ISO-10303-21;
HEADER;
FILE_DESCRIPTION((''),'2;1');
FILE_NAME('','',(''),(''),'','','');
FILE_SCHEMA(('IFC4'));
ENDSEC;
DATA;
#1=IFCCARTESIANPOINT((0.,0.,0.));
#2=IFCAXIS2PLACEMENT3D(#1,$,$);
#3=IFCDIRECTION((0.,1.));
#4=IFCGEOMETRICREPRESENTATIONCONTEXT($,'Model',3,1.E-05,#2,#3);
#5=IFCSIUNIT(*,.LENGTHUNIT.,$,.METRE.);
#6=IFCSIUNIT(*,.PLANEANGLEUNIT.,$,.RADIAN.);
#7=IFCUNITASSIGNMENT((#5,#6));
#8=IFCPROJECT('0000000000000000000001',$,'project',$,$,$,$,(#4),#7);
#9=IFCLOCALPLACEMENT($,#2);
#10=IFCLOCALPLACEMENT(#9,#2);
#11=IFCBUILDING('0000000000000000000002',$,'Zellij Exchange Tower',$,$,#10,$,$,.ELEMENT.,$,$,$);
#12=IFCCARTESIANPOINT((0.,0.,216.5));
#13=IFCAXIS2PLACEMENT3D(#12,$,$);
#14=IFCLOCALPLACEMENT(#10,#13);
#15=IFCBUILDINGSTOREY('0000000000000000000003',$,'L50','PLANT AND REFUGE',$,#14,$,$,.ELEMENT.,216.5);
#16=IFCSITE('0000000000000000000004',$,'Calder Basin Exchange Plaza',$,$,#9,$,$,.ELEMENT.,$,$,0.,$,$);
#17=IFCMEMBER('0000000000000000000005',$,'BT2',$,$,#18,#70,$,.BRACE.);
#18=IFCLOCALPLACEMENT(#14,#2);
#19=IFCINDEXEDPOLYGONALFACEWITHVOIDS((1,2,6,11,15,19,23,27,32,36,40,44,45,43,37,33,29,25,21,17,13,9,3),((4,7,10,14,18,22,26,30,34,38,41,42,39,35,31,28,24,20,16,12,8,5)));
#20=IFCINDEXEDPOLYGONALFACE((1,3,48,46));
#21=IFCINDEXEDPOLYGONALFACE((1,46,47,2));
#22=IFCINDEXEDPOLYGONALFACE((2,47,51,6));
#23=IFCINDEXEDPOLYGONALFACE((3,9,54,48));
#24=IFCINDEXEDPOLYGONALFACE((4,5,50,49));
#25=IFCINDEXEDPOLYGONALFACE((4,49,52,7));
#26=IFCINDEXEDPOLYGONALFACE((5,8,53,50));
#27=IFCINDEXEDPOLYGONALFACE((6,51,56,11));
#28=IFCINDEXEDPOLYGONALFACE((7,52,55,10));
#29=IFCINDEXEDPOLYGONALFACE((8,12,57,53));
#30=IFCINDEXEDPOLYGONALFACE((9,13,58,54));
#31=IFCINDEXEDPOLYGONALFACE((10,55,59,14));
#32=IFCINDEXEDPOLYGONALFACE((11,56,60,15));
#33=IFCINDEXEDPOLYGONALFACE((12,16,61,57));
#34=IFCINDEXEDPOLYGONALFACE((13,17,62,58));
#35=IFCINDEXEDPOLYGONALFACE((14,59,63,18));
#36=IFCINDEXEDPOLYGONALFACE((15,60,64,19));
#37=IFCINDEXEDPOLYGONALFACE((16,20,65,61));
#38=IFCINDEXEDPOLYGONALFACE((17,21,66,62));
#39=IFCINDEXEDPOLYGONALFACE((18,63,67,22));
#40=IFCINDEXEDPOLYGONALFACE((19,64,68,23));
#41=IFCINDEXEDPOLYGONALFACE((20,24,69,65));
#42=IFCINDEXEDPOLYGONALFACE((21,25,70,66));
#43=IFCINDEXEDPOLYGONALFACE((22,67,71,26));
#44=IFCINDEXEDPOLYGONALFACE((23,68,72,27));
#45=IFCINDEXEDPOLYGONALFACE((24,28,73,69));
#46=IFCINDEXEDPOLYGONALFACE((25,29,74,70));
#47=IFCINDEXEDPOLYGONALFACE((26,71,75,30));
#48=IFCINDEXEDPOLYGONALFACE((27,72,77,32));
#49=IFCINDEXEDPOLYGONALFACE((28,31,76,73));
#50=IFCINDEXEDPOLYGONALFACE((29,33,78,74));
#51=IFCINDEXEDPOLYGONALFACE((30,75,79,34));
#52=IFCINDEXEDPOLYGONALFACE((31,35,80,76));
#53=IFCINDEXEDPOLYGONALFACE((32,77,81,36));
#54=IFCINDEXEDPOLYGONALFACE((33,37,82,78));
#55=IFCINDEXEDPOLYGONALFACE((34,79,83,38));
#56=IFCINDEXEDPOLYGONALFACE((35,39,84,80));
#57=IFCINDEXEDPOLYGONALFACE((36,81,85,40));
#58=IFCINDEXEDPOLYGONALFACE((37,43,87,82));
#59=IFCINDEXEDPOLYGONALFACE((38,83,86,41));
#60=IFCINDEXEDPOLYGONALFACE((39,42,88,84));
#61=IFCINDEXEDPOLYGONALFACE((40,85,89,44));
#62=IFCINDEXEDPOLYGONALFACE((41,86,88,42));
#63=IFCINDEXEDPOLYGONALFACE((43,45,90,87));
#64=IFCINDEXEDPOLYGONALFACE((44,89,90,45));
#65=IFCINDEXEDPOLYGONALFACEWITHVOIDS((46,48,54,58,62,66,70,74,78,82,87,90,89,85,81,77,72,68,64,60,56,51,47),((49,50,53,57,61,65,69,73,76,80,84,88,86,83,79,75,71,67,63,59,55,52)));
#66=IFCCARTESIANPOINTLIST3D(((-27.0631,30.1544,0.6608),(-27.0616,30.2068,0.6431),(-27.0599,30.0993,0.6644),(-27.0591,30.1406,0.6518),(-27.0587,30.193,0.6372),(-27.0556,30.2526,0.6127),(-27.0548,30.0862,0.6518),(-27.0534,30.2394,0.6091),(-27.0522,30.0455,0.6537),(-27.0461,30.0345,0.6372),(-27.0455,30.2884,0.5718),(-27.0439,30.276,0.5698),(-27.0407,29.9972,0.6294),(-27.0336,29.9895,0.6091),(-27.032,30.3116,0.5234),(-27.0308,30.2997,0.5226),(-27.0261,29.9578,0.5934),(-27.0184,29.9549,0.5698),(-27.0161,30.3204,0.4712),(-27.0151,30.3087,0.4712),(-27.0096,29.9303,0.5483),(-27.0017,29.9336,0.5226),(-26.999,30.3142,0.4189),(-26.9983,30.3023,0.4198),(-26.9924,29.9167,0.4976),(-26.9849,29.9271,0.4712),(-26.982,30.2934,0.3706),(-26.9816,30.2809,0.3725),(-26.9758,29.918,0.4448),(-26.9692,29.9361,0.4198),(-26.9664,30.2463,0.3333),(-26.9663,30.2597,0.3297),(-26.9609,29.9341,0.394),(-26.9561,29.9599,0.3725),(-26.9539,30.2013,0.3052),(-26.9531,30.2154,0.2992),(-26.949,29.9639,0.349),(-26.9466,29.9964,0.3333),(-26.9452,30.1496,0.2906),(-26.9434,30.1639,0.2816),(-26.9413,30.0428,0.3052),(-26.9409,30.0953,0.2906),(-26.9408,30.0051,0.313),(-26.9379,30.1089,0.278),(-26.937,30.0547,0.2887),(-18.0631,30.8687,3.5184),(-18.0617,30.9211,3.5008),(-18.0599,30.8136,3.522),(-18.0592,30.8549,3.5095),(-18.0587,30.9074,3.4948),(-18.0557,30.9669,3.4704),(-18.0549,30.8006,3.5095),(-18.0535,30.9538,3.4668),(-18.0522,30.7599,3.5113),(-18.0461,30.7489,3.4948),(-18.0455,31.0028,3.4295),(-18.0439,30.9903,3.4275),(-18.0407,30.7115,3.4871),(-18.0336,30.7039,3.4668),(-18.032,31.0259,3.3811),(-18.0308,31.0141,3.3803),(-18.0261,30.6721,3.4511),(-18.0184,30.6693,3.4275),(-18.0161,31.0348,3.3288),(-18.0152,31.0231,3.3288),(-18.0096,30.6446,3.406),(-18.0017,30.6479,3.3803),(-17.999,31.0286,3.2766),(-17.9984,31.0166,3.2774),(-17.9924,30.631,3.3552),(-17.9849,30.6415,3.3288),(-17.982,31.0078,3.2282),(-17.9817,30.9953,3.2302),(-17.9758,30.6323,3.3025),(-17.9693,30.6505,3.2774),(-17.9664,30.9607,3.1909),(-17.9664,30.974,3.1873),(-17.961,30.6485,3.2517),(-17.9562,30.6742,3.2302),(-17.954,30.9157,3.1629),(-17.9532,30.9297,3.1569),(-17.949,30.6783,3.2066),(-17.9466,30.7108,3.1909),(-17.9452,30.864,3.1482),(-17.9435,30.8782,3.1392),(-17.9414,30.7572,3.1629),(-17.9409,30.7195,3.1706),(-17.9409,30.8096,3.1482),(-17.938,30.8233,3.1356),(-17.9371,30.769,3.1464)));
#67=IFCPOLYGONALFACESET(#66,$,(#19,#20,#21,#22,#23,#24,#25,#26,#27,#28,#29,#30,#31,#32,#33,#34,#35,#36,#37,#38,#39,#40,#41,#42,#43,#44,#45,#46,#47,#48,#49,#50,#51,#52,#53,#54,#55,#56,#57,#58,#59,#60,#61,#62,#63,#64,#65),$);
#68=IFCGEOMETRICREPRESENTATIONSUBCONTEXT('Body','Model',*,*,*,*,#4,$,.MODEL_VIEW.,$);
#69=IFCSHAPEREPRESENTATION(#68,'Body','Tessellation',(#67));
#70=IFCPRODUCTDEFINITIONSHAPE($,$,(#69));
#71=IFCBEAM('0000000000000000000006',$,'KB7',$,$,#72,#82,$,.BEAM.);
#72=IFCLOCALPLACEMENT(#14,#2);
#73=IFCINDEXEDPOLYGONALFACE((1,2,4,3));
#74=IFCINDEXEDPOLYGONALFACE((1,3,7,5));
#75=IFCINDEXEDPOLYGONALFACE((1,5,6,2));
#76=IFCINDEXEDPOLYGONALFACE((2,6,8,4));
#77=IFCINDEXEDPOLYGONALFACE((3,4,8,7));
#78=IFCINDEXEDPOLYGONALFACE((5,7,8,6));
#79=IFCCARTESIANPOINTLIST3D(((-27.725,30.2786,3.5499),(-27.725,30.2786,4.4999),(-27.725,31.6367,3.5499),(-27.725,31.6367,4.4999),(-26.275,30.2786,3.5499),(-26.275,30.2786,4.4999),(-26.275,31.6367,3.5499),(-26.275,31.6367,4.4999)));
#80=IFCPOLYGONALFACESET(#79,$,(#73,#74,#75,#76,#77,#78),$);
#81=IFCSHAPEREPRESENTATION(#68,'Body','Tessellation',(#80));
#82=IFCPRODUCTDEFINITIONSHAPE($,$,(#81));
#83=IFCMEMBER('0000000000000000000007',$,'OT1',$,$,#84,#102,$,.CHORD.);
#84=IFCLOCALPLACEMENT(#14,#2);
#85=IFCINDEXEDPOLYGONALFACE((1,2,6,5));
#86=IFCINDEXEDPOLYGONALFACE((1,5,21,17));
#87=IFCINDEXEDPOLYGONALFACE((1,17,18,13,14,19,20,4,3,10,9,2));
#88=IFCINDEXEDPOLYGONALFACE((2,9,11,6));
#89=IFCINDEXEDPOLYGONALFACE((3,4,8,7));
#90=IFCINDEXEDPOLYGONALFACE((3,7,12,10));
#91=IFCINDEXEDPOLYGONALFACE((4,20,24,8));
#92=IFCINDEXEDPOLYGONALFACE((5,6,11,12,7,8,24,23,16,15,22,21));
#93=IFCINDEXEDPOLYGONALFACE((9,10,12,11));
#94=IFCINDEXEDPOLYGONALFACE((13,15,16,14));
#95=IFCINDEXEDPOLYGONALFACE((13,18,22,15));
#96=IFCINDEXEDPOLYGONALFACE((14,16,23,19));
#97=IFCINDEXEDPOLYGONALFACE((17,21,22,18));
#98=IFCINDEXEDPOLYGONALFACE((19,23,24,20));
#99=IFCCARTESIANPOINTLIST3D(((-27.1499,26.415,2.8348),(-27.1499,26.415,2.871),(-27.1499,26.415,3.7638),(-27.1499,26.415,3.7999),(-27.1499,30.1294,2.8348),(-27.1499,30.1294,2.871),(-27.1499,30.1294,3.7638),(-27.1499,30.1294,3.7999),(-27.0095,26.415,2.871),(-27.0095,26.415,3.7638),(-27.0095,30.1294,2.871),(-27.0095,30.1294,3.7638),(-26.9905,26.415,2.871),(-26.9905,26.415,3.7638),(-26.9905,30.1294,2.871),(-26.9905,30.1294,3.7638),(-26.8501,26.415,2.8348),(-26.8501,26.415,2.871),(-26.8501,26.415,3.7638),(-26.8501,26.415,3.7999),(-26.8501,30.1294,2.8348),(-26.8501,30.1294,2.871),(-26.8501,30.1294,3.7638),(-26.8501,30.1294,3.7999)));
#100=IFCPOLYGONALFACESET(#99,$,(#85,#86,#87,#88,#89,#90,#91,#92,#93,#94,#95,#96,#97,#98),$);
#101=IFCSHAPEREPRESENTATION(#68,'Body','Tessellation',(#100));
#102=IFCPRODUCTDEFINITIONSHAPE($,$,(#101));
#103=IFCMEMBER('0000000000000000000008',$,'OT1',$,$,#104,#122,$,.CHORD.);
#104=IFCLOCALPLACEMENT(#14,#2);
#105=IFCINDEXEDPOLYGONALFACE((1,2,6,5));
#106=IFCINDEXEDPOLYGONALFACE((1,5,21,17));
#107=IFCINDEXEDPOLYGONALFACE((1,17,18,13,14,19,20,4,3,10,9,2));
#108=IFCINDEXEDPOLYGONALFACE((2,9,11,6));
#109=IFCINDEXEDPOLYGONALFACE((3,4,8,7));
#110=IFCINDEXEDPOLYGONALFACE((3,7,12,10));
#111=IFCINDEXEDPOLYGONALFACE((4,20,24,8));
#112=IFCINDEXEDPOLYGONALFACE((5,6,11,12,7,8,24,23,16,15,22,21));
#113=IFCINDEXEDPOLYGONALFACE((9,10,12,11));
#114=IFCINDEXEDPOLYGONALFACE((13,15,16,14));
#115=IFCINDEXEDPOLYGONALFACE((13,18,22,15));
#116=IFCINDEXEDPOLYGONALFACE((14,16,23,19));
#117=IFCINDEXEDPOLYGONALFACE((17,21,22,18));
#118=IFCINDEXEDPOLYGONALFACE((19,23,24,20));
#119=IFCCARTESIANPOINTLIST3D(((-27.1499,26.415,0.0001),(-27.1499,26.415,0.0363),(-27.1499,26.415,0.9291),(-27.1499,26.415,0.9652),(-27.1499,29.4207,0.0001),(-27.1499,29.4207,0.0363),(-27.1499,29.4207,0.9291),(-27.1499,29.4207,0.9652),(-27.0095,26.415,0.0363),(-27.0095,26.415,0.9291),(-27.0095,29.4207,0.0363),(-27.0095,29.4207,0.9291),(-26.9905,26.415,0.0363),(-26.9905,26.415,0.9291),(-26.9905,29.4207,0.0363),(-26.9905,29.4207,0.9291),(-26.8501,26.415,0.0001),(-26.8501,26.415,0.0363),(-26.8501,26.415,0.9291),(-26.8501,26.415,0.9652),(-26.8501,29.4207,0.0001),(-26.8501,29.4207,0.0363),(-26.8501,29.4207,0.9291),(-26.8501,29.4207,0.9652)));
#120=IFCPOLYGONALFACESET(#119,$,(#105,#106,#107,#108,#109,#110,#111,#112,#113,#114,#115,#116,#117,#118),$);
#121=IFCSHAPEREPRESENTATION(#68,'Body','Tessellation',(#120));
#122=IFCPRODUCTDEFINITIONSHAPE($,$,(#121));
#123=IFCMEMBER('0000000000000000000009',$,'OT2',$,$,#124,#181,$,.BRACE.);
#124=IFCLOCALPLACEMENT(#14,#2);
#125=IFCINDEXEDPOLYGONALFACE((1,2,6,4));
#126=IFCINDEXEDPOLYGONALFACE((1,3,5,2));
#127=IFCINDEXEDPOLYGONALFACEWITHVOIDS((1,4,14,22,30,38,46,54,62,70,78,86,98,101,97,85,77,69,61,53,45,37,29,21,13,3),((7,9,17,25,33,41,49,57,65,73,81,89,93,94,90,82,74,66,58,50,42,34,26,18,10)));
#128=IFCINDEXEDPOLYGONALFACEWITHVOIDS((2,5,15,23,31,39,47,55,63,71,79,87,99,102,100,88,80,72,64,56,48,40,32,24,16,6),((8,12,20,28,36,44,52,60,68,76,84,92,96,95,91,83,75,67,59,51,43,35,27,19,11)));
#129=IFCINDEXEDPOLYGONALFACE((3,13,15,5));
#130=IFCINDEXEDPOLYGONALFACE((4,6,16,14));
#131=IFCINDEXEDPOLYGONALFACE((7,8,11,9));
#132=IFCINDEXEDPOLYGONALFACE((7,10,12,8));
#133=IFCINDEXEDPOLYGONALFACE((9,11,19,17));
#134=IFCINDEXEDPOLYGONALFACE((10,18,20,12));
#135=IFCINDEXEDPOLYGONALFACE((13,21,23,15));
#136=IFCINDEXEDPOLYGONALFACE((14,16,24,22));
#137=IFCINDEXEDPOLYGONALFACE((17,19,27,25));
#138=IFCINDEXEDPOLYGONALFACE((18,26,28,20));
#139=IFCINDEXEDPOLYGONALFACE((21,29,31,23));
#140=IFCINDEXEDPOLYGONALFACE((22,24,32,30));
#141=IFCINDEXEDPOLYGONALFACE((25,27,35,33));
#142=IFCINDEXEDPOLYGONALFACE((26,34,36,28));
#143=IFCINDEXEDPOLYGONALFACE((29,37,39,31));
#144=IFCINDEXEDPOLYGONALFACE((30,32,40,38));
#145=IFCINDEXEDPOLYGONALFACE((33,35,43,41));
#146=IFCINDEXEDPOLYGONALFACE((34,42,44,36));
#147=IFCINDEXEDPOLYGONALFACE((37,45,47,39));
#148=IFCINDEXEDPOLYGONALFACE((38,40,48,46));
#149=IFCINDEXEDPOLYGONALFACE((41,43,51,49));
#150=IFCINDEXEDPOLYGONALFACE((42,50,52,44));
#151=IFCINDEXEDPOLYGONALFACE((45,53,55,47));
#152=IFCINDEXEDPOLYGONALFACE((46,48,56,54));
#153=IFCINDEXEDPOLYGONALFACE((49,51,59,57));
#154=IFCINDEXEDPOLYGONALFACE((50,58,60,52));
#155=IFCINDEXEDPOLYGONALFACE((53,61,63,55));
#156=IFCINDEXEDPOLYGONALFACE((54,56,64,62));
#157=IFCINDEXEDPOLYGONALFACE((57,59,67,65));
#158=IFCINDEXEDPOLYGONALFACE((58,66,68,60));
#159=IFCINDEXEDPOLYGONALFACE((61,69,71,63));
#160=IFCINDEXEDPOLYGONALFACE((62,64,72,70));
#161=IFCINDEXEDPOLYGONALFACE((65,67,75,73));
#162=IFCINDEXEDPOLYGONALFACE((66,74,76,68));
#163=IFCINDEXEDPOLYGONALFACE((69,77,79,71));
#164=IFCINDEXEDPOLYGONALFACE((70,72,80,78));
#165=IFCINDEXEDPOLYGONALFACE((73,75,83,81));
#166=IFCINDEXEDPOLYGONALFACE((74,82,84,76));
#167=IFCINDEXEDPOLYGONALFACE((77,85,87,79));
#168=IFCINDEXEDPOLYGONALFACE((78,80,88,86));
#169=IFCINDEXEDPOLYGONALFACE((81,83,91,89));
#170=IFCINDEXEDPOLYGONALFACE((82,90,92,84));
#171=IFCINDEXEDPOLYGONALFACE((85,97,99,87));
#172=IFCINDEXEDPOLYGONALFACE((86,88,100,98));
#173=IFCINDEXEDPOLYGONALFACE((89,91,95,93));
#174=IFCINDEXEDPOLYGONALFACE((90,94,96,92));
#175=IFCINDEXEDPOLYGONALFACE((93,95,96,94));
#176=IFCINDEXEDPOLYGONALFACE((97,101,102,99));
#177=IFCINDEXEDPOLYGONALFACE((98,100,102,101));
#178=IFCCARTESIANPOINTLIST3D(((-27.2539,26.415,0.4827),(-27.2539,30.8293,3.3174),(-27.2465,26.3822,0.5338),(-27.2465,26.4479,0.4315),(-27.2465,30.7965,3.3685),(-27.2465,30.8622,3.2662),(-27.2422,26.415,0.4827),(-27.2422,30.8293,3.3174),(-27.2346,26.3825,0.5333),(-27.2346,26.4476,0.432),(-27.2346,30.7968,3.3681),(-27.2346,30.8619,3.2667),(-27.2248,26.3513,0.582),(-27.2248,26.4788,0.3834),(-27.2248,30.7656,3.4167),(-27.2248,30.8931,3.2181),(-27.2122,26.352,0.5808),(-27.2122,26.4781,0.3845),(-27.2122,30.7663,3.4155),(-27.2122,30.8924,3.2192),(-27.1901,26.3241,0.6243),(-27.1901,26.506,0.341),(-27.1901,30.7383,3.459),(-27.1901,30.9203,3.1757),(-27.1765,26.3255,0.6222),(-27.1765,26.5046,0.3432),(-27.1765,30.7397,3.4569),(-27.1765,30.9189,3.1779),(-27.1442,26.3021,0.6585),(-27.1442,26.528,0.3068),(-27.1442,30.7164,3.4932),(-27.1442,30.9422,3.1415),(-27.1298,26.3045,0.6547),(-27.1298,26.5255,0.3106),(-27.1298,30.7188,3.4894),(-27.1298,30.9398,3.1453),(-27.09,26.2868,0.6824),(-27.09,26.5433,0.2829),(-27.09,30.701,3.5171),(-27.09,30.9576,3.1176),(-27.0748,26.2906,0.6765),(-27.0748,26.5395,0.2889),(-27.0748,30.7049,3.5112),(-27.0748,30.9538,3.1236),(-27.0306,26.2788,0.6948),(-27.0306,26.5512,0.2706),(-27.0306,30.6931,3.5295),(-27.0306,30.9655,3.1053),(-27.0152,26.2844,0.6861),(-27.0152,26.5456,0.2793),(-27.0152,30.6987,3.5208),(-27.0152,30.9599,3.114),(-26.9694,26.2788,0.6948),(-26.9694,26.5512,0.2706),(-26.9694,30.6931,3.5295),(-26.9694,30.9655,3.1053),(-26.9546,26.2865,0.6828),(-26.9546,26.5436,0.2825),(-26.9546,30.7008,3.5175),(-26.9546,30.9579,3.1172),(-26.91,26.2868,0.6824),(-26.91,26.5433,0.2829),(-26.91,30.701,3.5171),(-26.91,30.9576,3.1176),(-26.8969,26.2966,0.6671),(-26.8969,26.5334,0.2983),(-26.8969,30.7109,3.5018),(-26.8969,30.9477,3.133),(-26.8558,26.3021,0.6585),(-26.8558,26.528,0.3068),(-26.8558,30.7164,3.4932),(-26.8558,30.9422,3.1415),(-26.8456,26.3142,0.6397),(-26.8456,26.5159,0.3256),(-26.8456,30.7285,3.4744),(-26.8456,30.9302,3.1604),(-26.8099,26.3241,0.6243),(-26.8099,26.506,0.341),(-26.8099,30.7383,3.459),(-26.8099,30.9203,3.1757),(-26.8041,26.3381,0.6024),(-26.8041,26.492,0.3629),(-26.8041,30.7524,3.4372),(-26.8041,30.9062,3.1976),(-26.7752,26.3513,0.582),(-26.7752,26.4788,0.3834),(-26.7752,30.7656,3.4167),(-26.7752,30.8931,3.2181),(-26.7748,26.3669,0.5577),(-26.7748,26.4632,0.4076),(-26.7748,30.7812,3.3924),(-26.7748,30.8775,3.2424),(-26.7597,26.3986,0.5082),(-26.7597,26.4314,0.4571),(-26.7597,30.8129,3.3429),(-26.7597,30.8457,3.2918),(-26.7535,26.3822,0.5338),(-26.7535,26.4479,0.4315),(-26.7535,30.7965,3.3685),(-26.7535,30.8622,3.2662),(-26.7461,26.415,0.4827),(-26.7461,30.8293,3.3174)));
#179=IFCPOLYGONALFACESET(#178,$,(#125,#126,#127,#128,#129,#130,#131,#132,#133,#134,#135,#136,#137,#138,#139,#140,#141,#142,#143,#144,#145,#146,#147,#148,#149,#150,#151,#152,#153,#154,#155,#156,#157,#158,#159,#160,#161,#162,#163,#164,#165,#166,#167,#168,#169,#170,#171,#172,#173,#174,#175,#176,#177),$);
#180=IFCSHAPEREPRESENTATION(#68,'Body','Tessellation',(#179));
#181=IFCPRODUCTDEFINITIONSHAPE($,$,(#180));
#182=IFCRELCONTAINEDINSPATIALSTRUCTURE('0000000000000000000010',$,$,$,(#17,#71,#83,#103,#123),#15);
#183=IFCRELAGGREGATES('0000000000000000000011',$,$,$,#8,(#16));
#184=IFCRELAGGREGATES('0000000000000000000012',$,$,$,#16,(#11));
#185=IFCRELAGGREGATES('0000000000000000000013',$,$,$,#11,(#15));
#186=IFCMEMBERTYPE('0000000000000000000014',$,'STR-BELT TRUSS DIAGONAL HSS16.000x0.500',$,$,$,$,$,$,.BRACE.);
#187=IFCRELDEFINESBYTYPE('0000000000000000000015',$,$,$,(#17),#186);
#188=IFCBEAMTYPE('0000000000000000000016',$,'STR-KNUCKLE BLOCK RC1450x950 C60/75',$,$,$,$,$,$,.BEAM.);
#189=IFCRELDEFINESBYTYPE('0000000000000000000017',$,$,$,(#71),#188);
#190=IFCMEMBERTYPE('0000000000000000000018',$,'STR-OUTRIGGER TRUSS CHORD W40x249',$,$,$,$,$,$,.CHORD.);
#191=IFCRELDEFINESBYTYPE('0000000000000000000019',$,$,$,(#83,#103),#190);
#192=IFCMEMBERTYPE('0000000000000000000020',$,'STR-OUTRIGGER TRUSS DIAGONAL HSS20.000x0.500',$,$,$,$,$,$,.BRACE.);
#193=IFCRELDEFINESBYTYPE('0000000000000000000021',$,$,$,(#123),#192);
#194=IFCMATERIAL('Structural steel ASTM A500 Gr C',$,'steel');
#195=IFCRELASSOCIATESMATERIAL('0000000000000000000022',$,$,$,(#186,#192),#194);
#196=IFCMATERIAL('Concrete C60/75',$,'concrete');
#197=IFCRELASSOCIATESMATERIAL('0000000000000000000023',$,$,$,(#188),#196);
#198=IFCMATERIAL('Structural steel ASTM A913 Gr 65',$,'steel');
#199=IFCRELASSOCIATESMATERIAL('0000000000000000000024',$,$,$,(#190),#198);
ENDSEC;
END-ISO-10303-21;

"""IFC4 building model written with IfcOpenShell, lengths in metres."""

from ifc_helpers import new_model, si_unit, direction, frame, origin, origin_2d, place, context, subcontext, project, spatial, rectangle, hollow_circle, i_section, extrude, material, material_profile, profile_set, type_object, element, save


model = new_model("IFC4")

# Units and contexts
model_context = context("Model", 3, precision=1e-05, world=origin(), true_north=direction((0.0, 1.0)))
body_context = subcontext(model_context, "Body", "Model", "MODEL_VIEW")
ifc_project = project(units=[si_unit("LENGTHUNIT", "METRE"), si_unit("PLANEANGLEUNIT", "RADIAN")], contexts=[model_context])

# Site, building, storey
site_placement = place(None, origin())
site = spatial("IfcSite", under=ifc_project, at=site_placement, Name="Calder Basin Exchange Plaza", CompositionType="ELEMENT", RefElevation=0.0)
building_placement = place(site_placement, origin())
building = spatial("IfcBuilding", under=site, at=building_placement, Name="Zellij Exchange Tower", CompositionType="ELEMENT")
storey_placement = place(building_placement, frame((0.0, 0.0, 216.5)))
storey = spatial("IfcBuildingStorey", under=building, at=storey_placement, Name="L50", Description="PLANT AND REFUGE", CompositionType="ELEMENT", Elevation=216.5)

# Shared definitions
ifc_material_1 = material(Name="Concrete C60/75", Category="concrete")

# Member
ifc_material_2 = material(Name="Structural steel ASTM A500 Gr C", Category="steel")
ifc_material_profile_1 = material_profile(ifc_material_2, hollow_circle(Radius=0.2031, WallThickness=0.0117, at=origin_2d()), Name="STR-BELT TRUSS DIAGONAL HSS16.000x0.500")
ifc_profile_set_1 = profile_set([ifc_material_profile_1], Name="Structural steel ASTM A500 Gr C")
member_type_1 = type_object("IfcMemberType", Name="STR-BELT TRUSS DIAGONAL HSS16.000x0.500", PredefinedType="BRACE", material=ifc_profile_set_1)
member_1_placement = place(storey_placement, frame((-27.0, 30.1179, 0.4712), z_axis=(0.950393, 0.075435, 0.301767), x_axis=(-0.079124, 0.996865, 0.0)))
element("IfcMember", 1, at=member_1_placement, inside=storey, type_object=member_type_1, Name="BT2", PredefinedType="BRACE", context=body_context, shape_type="SweptSolid", body=[
    extrude(hollow_circle(Radius=0.2031, WallThickness=0.0117, at=origin_2d()), origin(), (0.0, 0.0, 1.0), 9.4697),
])

# Beam
ifc_material_profile_2 = material_profile(ifc_material_1, rectangle(XDim=1.45, YDim=0.95, at=origin_2d()), Name="STR-KNUCKLE BLOCK RC1450x950 C60/75")
ifc_profile_set_2 = profile_set([ifc_material_profile_2], Name="Concrete C60/75")
beam_type = type_object("IfcBeamType", Name="STR-KNUCKLE BLOCK RC1450x950 C60/75", PredefinedType="BEAM", material=ifc_profile_set_2)
beam_placement = place(storey_placement, frame((-27.0, 30.2786, 4.0249), z_axis=(0.0, 1.0, 0.0), x_axis=(-1.0, 0.0, 0.0)))
element("IfcBeam", 2, at=beam_placement, inside=storey, type_object=beam_type, Name="KB7", PredefinedType="BEAM", context=body_context, shape_type="SweptSolid", body=[
    extrude(rectangle(XDim=1.45, YDim=0.95, at=origin_2d()), origin(), (0.0, 0.0, 1.0), 1.3582),
])

# Members
ifc_material_3 = material(Name="Structural steel ASTM A913 Gr 65", Category="steel")
ifc_material_profile_3 = material_profile(ifc_material_3, i_section(OverallWidth=0.2998, OverallDepth=0.9651, WebThickness=0.019, FlangeThickness=0.0361, at=origin_2d()), Name="W40x249")
ifc_profile_set_3 = profile_set([ifc_material_profile_3], Name="Structural steel ASTM A913 Gr 65")
member_type_2 = type_object("IfcMemberType", Name="STR-OUTRIGGER TRUSS CHORD W40x249", PredefinedType="CHORD", material=ifc_profile_set_3)
member_2_placement = place(storey_placement, frame((-27.0, 26.415, 3.3174), z_axis=(0.0, 1.0, 0.0), x_axis=(-1.0, 0.0, 0.0)))
element("IfcMember", 3, at=member_2_placement, inside=storey, type_object=member_type_2, Name="OT1", PredefinedType="CHORD", context=body_context, shape_type="SweptSolid", body=[
    extrude(i_section(OverallWidth=0.2998, OverallDepth=0.9651, WebThickness=0.019, FlangeThickness=0.0361, at=origin_2d()), origin(), (0.0, 0.0, 1.0), 3.7144),
])
member_3_placement = place(storey_placement, frame((-27.0, 26.415, 0.4827), z_axis=(0.0, 1.0, 0.0), x_axis=(-1.0, 0.0, 0.0)))
element("IfcMember", 4, at=member_3_placement, inside=storey, type_object=member_type_2, Name="OT1", PredefinedType="CHORD", context=body_context, shape_type="SweptSolid", body=[
    extrude(i_section(OverallWidth=0.2998, OverallDepth=0.9651, WebThickness=0.019, FlangeThickness=0.0361, at=origin_2d()), origin(), (0.0, 0.0, 1.0), 3.0056),
])
ifc_material_profile_4 = material_profile(ifc_material_2, hollow_circle(Radius=0.2539, WallThickness=0.0117, at=origin_2d()), Name="STR-OUTRIGGER TRUSS DIAGONAL HSS20.000x0.500")
ifc_profile_set_4 = profile_set([ifc_material_profile_4], Name="Structural steel ASTM A500 Gr C")
member_type_3 = type_object("IfcMemberType", Name="STR-OUTRIGGER TRUSS DIAGONAL HSS20.000x0.500", PredefinedType="BRACE", material=ifc_profile_set_4)
member_4_placement = place(storey_placement, frame((-27.0, 26.415, 0.4827), z_axis=(0.0, 0.841443, 0.540346), x_axis=(-1.0, 0.0, 0.0)))
element("IfcMember", 5, at=member_4_placement, inside=storey, type_object=member_type_3, Name="OT2", PredefinedType="BRACE", context=body_context, shape_type="SweptSolid", body=[
    extrude(hollow_circle(Radius=0.2539, WallThickness=0.0117, at=origin_2d()), origin(), (0.0, 0.0, 1.0), 5.2461),
])

save(model, "model.ifc")
